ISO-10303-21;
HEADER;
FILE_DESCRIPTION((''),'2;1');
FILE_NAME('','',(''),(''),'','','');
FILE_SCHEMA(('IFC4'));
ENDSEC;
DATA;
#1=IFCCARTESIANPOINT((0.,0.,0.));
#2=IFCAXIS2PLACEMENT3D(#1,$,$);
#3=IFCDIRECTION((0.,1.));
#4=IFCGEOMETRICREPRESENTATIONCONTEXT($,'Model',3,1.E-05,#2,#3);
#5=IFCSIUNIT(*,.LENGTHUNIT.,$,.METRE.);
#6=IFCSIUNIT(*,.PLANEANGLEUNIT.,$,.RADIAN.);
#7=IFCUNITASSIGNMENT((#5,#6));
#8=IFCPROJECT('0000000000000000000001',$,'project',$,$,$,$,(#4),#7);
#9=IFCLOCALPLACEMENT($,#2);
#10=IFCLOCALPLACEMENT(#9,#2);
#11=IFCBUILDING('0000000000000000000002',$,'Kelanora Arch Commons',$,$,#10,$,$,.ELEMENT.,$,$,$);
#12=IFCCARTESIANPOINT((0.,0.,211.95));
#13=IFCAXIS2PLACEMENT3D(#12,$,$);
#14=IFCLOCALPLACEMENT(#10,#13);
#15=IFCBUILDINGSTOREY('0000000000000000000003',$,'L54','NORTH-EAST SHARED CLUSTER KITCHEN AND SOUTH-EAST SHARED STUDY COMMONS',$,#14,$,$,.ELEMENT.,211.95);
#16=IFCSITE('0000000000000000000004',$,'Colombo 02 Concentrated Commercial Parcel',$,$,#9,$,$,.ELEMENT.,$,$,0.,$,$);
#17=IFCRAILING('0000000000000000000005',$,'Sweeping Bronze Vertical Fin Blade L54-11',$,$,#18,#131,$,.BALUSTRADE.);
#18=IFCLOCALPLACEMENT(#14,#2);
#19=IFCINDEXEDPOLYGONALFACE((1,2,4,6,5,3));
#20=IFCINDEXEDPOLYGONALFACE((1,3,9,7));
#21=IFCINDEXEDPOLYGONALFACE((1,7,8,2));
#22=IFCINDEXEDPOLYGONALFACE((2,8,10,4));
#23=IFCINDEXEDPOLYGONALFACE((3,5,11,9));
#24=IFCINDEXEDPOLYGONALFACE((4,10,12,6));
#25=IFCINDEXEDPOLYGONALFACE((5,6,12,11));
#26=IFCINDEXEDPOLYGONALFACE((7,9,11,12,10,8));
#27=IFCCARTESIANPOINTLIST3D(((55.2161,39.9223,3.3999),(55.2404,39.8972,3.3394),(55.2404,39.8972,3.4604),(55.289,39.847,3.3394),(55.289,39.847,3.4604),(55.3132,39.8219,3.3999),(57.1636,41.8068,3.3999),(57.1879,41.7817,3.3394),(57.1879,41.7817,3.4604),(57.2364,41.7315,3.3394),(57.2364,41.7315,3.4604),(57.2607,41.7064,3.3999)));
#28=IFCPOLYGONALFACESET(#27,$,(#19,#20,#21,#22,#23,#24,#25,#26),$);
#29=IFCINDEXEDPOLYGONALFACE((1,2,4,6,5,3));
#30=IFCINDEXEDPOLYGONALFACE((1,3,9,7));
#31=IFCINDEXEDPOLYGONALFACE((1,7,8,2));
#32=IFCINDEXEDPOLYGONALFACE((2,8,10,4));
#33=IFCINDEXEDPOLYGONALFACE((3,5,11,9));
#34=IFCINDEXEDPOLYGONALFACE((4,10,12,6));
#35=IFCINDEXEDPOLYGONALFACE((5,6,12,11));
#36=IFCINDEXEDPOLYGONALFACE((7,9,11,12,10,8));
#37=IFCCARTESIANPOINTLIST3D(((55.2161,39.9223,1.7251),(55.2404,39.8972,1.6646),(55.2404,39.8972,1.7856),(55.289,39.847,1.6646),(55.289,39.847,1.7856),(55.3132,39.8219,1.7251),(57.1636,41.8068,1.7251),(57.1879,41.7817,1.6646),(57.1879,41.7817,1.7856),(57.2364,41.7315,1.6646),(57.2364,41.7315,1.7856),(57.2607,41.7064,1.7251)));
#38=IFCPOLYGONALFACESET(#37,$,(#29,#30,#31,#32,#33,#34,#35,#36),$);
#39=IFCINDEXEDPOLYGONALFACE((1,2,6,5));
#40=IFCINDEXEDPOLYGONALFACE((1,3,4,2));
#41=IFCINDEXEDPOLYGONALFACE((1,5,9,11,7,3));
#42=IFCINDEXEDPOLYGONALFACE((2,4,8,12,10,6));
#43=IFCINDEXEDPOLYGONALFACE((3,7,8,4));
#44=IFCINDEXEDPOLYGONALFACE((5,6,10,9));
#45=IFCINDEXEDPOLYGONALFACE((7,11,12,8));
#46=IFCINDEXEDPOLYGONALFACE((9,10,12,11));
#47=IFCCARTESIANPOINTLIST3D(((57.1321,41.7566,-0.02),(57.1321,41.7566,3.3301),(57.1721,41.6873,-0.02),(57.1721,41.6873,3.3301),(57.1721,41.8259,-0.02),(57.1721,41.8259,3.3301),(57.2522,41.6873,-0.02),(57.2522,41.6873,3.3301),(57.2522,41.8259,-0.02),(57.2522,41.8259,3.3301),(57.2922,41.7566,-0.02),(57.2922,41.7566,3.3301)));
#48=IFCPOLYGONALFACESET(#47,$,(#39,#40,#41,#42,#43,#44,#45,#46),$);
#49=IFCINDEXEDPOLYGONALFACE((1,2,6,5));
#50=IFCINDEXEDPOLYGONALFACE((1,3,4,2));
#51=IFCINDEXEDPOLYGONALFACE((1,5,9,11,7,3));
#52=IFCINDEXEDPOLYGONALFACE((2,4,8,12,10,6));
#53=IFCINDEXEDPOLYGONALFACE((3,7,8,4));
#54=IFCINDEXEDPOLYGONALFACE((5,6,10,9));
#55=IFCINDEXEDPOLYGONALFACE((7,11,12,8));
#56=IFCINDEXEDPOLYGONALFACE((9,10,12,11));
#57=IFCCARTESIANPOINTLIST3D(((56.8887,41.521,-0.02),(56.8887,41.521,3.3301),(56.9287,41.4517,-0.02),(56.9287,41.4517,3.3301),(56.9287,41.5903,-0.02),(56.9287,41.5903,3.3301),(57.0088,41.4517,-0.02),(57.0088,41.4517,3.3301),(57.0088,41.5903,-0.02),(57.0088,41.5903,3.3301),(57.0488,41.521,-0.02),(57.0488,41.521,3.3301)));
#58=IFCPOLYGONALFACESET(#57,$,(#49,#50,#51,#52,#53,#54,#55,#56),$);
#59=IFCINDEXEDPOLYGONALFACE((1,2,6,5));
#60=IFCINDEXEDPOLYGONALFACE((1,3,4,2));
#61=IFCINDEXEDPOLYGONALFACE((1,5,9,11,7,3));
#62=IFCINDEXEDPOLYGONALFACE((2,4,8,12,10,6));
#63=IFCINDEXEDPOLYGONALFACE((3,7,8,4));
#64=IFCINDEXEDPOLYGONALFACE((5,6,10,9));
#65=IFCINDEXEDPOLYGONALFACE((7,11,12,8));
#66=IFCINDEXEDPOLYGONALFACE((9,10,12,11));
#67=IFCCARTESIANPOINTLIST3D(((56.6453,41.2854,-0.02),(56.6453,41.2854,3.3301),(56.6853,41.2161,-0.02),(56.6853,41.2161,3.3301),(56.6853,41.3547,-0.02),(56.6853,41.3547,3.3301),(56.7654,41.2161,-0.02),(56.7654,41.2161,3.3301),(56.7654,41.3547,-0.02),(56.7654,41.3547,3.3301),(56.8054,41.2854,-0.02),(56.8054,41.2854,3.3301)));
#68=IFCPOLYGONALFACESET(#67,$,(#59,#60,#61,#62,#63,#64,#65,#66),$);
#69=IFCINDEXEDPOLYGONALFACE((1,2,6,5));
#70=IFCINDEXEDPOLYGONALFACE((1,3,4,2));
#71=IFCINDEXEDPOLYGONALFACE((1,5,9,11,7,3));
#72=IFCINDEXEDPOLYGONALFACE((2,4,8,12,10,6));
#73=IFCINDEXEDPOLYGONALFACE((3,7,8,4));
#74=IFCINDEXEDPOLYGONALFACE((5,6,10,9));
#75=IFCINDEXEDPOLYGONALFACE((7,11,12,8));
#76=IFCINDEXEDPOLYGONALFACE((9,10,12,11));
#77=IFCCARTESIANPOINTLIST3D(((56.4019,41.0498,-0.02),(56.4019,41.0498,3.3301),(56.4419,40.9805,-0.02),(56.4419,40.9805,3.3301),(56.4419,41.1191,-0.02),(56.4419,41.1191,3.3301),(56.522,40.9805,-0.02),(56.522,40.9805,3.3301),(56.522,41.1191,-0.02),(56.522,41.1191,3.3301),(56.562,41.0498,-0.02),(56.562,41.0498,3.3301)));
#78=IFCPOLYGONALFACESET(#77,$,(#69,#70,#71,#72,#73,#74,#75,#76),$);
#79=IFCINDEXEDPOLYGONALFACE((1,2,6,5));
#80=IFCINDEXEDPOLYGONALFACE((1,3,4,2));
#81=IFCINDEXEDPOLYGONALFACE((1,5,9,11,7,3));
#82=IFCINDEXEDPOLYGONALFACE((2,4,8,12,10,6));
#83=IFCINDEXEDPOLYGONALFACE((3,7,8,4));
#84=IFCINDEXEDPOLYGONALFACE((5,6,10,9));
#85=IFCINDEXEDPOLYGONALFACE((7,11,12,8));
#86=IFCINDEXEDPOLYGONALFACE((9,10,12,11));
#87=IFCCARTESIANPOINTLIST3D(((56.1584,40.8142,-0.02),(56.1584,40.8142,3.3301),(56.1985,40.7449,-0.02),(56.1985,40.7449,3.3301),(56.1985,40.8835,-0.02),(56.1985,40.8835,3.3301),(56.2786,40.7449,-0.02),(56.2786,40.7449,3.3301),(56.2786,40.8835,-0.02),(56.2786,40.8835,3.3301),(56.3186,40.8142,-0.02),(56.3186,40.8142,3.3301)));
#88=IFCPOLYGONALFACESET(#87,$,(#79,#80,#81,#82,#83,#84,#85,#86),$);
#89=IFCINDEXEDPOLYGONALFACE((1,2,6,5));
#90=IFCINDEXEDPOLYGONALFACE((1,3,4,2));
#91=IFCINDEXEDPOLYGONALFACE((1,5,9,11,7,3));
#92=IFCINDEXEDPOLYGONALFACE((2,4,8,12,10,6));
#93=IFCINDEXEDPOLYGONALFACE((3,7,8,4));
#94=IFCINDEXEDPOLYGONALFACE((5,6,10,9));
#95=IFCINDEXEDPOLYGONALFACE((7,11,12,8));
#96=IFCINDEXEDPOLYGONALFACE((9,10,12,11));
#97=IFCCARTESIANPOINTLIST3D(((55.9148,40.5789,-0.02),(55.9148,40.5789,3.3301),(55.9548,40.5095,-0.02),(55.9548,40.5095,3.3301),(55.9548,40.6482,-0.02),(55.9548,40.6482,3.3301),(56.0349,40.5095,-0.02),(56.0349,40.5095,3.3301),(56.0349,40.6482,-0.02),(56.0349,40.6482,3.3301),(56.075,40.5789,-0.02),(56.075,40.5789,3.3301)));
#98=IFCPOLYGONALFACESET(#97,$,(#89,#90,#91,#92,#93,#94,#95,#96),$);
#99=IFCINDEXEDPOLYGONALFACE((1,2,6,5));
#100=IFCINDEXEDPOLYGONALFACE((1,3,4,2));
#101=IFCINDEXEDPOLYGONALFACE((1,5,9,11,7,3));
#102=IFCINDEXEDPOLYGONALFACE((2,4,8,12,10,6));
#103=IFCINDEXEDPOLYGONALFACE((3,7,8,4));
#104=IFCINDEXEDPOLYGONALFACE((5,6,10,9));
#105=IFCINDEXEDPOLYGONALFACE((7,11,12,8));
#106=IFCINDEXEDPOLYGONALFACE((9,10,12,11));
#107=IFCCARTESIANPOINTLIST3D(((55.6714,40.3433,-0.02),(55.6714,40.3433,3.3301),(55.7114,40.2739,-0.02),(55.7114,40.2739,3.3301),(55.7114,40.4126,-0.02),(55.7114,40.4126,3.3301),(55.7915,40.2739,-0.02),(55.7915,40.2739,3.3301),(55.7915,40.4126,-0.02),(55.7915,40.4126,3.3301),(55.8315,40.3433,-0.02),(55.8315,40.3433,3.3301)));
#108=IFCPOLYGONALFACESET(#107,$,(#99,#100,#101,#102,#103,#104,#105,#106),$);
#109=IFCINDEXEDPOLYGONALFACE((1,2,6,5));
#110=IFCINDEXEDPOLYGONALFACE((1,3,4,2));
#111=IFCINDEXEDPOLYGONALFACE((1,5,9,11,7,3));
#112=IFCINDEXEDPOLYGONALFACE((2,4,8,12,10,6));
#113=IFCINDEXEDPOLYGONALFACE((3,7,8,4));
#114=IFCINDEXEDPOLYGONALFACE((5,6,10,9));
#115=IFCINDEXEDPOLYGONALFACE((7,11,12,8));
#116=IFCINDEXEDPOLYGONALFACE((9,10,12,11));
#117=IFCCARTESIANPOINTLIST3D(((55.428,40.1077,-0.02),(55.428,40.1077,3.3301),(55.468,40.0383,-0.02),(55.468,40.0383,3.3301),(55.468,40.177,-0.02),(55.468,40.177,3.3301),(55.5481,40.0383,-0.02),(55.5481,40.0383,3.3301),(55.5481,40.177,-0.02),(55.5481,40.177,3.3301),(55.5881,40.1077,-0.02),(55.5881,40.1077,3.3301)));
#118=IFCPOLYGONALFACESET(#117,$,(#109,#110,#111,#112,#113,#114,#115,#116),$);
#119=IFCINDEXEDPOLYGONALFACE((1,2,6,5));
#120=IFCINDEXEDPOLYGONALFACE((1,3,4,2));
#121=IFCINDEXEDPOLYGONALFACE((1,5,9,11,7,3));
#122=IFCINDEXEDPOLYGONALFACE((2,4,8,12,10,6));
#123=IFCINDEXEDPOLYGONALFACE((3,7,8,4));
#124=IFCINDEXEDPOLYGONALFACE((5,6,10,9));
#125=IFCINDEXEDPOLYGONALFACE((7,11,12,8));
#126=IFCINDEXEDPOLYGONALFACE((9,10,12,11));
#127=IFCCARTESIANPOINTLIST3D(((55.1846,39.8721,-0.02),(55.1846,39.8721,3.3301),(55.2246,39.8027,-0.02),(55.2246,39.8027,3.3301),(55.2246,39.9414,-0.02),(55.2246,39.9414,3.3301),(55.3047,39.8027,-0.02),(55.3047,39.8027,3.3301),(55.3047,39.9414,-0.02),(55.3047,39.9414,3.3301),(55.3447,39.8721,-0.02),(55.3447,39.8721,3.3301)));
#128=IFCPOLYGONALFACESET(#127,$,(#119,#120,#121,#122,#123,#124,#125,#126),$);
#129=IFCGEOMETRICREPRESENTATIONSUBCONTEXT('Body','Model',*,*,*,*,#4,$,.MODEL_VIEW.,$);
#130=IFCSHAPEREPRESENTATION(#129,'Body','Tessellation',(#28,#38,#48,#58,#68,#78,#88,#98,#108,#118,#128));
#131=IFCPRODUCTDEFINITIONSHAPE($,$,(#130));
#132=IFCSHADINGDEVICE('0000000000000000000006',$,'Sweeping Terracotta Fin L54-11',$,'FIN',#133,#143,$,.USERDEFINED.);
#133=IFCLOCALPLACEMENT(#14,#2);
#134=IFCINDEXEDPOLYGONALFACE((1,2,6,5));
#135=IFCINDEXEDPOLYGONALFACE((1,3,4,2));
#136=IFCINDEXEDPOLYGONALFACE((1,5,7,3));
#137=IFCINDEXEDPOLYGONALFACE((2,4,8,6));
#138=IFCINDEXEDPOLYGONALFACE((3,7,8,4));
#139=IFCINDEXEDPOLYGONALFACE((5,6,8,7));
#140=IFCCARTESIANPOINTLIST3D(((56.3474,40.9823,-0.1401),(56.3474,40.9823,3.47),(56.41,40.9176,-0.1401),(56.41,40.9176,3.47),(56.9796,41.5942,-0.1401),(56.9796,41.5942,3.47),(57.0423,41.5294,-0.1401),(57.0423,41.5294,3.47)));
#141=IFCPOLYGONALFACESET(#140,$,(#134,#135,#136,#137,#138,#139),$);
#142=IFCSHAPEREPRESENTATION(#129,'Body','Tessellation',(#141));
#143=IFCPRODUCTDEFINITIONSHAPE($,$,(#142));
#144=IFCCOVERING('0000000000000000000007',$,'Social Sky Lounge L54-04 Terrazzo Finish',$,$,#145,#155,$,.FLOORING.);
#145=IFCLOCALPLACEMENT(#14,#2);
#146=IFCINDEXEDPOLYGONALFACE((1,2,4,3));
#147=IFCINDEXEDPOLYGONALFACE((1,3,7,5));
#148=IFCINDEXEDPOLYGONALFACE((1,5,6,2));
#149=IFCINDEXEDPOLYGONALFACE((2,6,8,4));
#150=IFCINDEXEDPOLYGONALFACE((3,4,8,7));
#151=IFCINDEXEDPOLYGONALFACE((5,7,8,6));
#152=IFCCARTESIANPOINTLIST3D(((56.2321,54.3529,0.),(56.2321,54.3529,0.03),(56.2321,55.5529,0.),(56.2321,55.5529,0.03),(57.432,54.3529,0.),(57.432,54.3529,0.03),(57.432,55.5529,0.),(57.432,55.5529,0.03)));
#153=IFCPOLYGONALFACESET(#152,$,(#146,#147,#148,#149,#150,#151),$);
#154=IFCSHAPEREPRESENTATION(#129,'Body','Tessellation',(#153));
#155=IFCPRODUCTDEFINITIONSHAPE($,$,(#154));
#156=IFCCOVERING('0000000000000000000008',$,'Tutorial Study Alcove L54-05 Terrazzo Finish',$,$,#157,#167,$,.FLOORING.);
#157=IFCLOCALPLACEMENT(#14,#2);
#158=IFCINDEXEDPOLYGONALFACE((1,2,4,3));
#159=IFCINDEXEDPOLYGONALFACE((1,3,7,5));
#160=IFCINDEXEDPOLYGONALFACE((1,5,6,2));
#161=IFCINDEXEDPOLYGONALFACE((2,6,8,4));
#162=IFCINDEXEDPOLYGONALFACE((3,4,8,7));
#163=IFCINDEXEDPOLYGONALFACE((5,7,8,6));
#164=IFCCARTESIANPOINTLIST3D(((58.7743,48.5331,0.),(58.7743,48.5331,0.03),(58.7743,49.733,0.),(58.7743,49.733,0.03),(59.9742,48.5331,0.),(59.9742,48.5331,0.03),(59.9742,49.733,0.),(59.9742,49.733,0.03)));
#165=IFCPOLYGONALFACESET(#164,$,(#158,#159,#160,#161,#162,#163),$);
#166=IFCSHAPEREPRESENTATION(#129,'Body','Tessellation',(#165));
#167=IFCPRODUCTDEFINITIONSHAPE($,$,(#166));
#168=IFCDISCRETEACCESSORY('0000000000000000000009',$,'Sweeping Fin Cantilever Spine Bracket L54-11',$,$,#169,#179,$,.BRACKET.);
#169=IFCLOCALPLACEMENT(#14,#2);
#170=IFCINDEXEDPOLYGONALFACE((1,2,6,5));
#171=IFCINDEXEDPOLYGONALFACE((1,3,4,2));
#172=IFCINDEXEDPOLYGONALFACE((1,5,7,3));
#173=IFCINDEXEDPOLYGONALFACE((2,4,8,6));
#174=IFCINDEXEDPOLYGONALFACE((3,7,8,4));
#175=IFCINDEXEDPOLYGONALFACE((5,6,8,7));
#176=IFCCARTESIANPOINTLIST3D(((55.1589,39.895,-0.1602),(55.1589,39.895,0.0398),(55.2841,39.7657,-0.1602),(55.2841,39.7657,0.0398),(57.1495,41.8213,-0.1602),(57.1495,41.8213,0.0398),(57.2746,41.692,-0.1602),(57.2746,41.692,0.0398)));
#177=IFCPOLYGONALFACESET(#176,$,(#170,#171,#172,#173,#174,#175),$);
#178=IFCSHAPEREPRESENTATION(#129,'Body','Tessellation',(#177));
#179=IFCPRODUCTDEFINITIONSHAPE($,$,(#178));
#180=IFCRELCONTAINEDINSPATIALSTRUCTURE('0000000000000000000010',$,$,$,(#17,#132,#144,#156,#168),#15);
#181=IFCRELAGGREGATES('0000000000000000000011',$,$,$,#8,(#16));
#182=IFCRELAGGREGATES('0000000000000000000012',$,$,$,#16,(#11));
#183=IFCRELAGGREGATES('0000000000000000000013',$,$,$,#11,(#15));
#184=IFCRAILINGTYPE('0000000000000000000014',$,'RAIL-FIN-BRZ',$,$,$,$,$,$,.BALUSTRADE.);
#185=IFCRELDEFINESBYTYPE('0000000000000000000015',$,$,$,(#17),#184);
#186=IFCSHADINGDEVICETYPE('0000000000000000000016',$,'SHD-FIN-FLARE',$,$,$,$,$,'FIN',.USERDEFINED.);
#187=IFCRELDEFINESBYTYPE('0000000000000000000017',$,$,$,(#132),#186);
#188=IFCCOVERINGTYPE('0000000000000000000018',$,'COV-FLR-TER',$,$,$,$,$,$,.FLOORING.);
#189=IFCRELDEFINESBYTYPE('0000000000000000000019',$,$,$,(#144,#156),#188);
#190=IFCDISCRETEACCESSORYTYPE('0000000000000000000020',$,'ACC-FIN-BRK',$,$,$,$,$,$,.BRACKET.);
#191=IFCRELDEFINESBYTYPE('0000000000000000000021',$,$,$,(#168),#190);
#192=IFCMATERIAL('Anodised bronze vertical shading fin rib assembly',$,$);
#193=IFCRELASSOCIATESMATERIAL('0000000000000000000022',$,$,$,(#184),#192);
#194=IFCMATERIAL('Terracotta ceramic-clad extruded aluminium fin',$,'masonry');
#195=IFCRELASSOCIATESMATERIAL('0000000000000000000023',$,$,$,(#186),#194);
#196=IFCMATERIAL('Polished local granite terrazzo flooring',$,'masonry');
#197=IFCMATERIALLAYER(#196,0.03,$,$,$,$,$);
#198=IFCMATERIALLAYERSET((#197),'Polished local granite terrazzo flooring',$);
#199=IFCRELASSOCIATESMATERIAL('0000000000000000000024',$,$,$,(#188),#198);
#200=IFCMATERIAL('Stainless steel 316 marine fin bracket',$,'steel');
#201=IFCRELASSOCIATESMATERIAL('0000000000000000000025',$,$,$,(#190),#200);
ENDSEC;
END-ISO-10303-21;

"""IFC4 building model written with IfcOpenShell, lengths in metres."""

from ifc_helpers import new_model, si_unit, direction, frame, origin, origin_2d, place, context, subcontext, project, spatial, polyline, rectangle, outline, extrude, source, transform, mapped, material, layer, layer_set, type_object, element, save


model = new_model("IFC4")

# Units and contexts
model_context = context("Model", 3, precision=1e-05, world=origin(), true_north=direction((0.0, 1.0)))
body_context = subcontext(model_context, "Body", "Model", "MODEL_VIEW")
ifc_project = project(units=[si_unit("LENGTHUNIT", "METRE"), si_unit("PLANEANGLEUNIT", "RADIAN")], contexts=[model_context])

# Site, building, storey
site_placement = place(None, origin())
site = spatial("IfcSite", under=ifc_project, at=site_placement, Name="Colombo 02 Concentrated Commercial Parcel", CompositionType="ELEMENT", RefElevation=0.0)
building_placement = place(site_placement, origin())
building = spatial("IfcBuilding", under=site, at=building_placement, Name="Kelanora Arch Commons", CompositionType="ELEMENT")
storey_placement = place(building_placement, frame((0.0, 0.0, 211.95)))
storey = spatial("IfcBuildingStorey", under=building, at=storey_placement, Name="L54", Description="NORTH-EAST SHARED CLUSTER KITCHEN AND SOUTH-EAST SHARED STUDY COMMONS", CompositionType="ELEMENT", Elevation=211.95)

# Railing
ifc_material_1 = material(Name="Anodised bronze vertical shading fin rib assembly")
railing_type = type_object("IfcRailingType", Name="RAIL-FIN-BRZ", PredefinedType="BALUSTRADE", material=ifc_material_1)
railing_placement = place(storey_placement, frame((57.2122, 41.7566, -0.02)))
element("IfcRailing", 1, at=railing_placement, inside=storey, type_object=railing_type, Name="Sweeping Bronze Vertical Fin Blade L54-11", PredefinedType="BALUSTRADE", context=body_context, shape_type="SweptSolid", body=[
    extrude(outline(polyline([(0.0698, 0.0), (0.0349, 0.0605), (-0.0349, 0.0605), (-0.0698, 0.0), (-0.0349, -0.0605), (0.0349, -0.0605), (0.0698, 0.0)])), frame((0.0, 0.0, 3.4199), z_axis=(-0.718633, -0.69539, 0.0), x_axis=(0.69539, -0.718633, 0.0)), (0.0, 0.0, 1.0), 2.71),
    extrude(outline(polyline([(0.0698, 0.0), (0.0349, 0.0605), (-0.0349, 0.0605), (-0.0698, 0.0), (-0.0349, -0.0605), (0.0349, -0.0605), (0.0698, 0.0)])), frame((0.0, 0.0, 1.7451), z_axis=(-0.718633, -0.69539, 0.0), x_axis=(0.69539, -0.718633, 0.0)), (0.0, 0.0, 1.0), 2.71),
    extrude(outline(polyline([(0.0801, 0.0), (0.04, 0.0693), (-0.04, 0.0693), (-0.0801, 0.0), (-0.04, -0.0693), (0.04, -0.0693), (0.0801, 0.0)])), origin(), (0.0, 0.0, 1.0), 3.3501),
    extrude(outline(polyline([(0.0801, 0.0), (0.04, 0.0693), (-0.04, 0.0693), (-0.0801, 0.0), (-0.04, -0.0693), (0.04, -0.0693), (0.0801, 0.0)])), frame((-0.2434, -0.2356, 0.0)), (0.0, 0.0, 1.0), 3.3501),
    extrude(outline(polyline([(0.0801, 0.0), (0.04, 0.0693), (-0.04, 0.0693), (-0.0801, 0.0), (-0.04, -0.0693), (0.04, -0.0693), (0.0801, 0.0)])), frame((-0.4868, -0.4712, 0.0)), (0.0, 0.0, 1.0), 3.3501),
    extrude(outline(polyline([(0.0801, 0.0), (0.04, 0.0693), (-0.04, 0.0693), (-0.0801, 0.0), (-0.04, -0.0693), (0.04, -0.0693), (0.0801, 0.0)])), frame((-0.7302, -0.7068, 0.0)), (0.0, 0.0, 1.0), 3.3501),
    extrude(outline(polyline([(0.0801, 0.0), (0.04, 0.0693), (-0.04, 0.0693), (-0.0801, 0.0), (-0.04, -0.0693), (0.04, -0.0693), (0.0801, 0.0)])), frame((-0.9736, -0.9424, 0.0)), (0.0, 0.0, 1.0), 3.3501),
    extrude(outline(polyline([(0.0801, 0.0), (0.04, 0.0693), (-0.04, 0.0693), (-0.0801, 0.0), (-0.04, -0.0693), (0.04, -0.0693), (0.0801, 0.0)])), frame((-1.2173, -1.1777, 0.0)), (0.0, 0.0, 1.0), 3.3501),
    extrude(outline(polyline([(0.0801, 0.0), (0.04, 0.0693), (-0.04, 0.0693), (-0.0801, 0.0), (-0.04, -0.0693), (0.04, -0.0693), (0.0801, 0.0)])), frame((-1.4607, -1.4133, 0.0)), (0.0, 0.0, 1.0), 3.3501),
    extrude(outline(polyline([(0.0801, 0.0), (0.04, 0.0693), (-0.04, 0.0693), (-0.0801, 0.0), (-0.04, -0.0693), (0.04, -0.0693), (0.0801, 0.0)])), frame((-1.7041, -1.6489, 0.0)), (0.0, 0.0, 1.0), 3.3501),
    extrude(outline(polyline([(0.0801, 0.0), (0.04, 0.0693), (-0.04, 0.0693), (-0.0801, 0.0), (-0.04, -0.0693), (0.04, -0.0693), (0.0801, 0.0)])), frame((-1.9475, -1.8845, 0.0)), (0.0, 0.0, 1.0), 3.3501),
])

# Shading device
ifc_material_2 = material(Name="Terracotta ceramic-clad extruded aluminium fin", Category="masonry")
shading_device_type = type_object("IfcShadingDeviceType", Name="SHD-FIN-FLARE", ElementType="FIN", PredefinedType="USERDEFINED", material=ifc_material_2)
shared_shape_1 = source(origin(), body_context, "Body", "SweptSolid", [
    extrude(rectangle(XDim=0.8799, YDim=0.0901, at=origin_2d()), origin(), (0.0, 0.0, 1.0), 3.6101),
])
shading_device_placement = place(storey_placement, frame((56.6948, 41.2559, -0.1401), z_axis=(0.0, 0.0, 1.0), x_axis=(-0.718612, -0.695411, 0.0)))
element("IfcShadingDevice", 2, at=shading_device_placement, inside=storey, type_object=shading_device_type, Name="Sweeping Terracotta Fin L54-11", ObjectType="FIN", PredefinedType="USERDEFINED", context=body_context, shape_type="MappedRepresentation", body=[
    mapped(shared_shape_1, transform((0.0, 0.0, 0.0), scale=1.0)),
])

# Coverings
ifc_material_3 = material(Name="Polished local granite terrazzo flooring", Category="masonry")
ifc_layer_1 = layer(ifc_material_3, 0.03)
ifc_layer_set_1 = layer_set([ifc_layer_1], Name="Polished local granite terrazzo flooring")
covering_type = type_object("IfcCoveringType", Name="COV-FLR-TER", PredefinedType="FLOORING", material=ifc_layer_set_1)
shared_shape_2 = source(origin(), body_context, "Body", "SweptSolid", [
    extrude(rectangle(XDim=1.2, YDim=1.2, at=origin_2d()), origin(), (0.0, 0.0, 1.0), 0.03),
])
for number, where, z_axis, x_axis, name in (
    (3, (56.832, 54.9529, 0.0), (0.0, 0.0, 1.0), (1.0, 0.0, 0.0), "Social Sky Lounge L54-04 Terrazzo Finish"),
    (4, (59.3743, 49.1331, 0.0), (0.0, 0.0, 1.0), (1.0, 0.0, 0.0), "Tutorial Study Alcove L54-05 Terrazzo Finish"),
):
    element("IfcCovering", number, at=place(storey_placement, frame(where, z_axis=z_axis, x_axis=x_axis)), inside=storey, type_object=covering_type, Name=name, PredefinedType="FLOORING", context=body_context, shape_type="MappedRepresentation", body=[
        mapped(shared_shape_2, transform((0.0, 0.0, 0.0), scale=1.0)),
    ])

# Discrete accessory
ifc_material_4 = material(Name="Stainless steel 316 marine fin bracket", Category="steel")
discrete_accessory_type = type_object("IfcDiscreteAccessoryType", Name="ACC-FIN-BRK", PredefinedType="BRACKET", material=ifc_material_4)
shared_shape_3 = source(origin(), body_context, "Body", "SweptSolid", [
    extrude(rectangle(XDim=2.77, YDim=0.1799, at=origin_2d()), origin(), (0.0, 0.0, 1.0), 0.2),
])
discrete_accessory_placement = place(storey_placement, frame((56.2168, 40.7935, -0.1602), z_axis=(0.0, 0.0, 1.0), x_axis=(-0.718612, -0.695411, 0.0)))
element("IfcDiscreteAccessory", 5, at=discrete_accessory_placement, inside=storey, type_object=discrete_accessory_type, Name="Sweeping Fin Cantilever Spine Bracket L54-11", PredefinedType="BRACKET", context=body_context, shape_type="MappedRepresentation", body=[
    mapped(shared_shape_3, transform((0.0, 0.0, 0.0), scale=1.0)),
])

save(model, "model.ifc")
